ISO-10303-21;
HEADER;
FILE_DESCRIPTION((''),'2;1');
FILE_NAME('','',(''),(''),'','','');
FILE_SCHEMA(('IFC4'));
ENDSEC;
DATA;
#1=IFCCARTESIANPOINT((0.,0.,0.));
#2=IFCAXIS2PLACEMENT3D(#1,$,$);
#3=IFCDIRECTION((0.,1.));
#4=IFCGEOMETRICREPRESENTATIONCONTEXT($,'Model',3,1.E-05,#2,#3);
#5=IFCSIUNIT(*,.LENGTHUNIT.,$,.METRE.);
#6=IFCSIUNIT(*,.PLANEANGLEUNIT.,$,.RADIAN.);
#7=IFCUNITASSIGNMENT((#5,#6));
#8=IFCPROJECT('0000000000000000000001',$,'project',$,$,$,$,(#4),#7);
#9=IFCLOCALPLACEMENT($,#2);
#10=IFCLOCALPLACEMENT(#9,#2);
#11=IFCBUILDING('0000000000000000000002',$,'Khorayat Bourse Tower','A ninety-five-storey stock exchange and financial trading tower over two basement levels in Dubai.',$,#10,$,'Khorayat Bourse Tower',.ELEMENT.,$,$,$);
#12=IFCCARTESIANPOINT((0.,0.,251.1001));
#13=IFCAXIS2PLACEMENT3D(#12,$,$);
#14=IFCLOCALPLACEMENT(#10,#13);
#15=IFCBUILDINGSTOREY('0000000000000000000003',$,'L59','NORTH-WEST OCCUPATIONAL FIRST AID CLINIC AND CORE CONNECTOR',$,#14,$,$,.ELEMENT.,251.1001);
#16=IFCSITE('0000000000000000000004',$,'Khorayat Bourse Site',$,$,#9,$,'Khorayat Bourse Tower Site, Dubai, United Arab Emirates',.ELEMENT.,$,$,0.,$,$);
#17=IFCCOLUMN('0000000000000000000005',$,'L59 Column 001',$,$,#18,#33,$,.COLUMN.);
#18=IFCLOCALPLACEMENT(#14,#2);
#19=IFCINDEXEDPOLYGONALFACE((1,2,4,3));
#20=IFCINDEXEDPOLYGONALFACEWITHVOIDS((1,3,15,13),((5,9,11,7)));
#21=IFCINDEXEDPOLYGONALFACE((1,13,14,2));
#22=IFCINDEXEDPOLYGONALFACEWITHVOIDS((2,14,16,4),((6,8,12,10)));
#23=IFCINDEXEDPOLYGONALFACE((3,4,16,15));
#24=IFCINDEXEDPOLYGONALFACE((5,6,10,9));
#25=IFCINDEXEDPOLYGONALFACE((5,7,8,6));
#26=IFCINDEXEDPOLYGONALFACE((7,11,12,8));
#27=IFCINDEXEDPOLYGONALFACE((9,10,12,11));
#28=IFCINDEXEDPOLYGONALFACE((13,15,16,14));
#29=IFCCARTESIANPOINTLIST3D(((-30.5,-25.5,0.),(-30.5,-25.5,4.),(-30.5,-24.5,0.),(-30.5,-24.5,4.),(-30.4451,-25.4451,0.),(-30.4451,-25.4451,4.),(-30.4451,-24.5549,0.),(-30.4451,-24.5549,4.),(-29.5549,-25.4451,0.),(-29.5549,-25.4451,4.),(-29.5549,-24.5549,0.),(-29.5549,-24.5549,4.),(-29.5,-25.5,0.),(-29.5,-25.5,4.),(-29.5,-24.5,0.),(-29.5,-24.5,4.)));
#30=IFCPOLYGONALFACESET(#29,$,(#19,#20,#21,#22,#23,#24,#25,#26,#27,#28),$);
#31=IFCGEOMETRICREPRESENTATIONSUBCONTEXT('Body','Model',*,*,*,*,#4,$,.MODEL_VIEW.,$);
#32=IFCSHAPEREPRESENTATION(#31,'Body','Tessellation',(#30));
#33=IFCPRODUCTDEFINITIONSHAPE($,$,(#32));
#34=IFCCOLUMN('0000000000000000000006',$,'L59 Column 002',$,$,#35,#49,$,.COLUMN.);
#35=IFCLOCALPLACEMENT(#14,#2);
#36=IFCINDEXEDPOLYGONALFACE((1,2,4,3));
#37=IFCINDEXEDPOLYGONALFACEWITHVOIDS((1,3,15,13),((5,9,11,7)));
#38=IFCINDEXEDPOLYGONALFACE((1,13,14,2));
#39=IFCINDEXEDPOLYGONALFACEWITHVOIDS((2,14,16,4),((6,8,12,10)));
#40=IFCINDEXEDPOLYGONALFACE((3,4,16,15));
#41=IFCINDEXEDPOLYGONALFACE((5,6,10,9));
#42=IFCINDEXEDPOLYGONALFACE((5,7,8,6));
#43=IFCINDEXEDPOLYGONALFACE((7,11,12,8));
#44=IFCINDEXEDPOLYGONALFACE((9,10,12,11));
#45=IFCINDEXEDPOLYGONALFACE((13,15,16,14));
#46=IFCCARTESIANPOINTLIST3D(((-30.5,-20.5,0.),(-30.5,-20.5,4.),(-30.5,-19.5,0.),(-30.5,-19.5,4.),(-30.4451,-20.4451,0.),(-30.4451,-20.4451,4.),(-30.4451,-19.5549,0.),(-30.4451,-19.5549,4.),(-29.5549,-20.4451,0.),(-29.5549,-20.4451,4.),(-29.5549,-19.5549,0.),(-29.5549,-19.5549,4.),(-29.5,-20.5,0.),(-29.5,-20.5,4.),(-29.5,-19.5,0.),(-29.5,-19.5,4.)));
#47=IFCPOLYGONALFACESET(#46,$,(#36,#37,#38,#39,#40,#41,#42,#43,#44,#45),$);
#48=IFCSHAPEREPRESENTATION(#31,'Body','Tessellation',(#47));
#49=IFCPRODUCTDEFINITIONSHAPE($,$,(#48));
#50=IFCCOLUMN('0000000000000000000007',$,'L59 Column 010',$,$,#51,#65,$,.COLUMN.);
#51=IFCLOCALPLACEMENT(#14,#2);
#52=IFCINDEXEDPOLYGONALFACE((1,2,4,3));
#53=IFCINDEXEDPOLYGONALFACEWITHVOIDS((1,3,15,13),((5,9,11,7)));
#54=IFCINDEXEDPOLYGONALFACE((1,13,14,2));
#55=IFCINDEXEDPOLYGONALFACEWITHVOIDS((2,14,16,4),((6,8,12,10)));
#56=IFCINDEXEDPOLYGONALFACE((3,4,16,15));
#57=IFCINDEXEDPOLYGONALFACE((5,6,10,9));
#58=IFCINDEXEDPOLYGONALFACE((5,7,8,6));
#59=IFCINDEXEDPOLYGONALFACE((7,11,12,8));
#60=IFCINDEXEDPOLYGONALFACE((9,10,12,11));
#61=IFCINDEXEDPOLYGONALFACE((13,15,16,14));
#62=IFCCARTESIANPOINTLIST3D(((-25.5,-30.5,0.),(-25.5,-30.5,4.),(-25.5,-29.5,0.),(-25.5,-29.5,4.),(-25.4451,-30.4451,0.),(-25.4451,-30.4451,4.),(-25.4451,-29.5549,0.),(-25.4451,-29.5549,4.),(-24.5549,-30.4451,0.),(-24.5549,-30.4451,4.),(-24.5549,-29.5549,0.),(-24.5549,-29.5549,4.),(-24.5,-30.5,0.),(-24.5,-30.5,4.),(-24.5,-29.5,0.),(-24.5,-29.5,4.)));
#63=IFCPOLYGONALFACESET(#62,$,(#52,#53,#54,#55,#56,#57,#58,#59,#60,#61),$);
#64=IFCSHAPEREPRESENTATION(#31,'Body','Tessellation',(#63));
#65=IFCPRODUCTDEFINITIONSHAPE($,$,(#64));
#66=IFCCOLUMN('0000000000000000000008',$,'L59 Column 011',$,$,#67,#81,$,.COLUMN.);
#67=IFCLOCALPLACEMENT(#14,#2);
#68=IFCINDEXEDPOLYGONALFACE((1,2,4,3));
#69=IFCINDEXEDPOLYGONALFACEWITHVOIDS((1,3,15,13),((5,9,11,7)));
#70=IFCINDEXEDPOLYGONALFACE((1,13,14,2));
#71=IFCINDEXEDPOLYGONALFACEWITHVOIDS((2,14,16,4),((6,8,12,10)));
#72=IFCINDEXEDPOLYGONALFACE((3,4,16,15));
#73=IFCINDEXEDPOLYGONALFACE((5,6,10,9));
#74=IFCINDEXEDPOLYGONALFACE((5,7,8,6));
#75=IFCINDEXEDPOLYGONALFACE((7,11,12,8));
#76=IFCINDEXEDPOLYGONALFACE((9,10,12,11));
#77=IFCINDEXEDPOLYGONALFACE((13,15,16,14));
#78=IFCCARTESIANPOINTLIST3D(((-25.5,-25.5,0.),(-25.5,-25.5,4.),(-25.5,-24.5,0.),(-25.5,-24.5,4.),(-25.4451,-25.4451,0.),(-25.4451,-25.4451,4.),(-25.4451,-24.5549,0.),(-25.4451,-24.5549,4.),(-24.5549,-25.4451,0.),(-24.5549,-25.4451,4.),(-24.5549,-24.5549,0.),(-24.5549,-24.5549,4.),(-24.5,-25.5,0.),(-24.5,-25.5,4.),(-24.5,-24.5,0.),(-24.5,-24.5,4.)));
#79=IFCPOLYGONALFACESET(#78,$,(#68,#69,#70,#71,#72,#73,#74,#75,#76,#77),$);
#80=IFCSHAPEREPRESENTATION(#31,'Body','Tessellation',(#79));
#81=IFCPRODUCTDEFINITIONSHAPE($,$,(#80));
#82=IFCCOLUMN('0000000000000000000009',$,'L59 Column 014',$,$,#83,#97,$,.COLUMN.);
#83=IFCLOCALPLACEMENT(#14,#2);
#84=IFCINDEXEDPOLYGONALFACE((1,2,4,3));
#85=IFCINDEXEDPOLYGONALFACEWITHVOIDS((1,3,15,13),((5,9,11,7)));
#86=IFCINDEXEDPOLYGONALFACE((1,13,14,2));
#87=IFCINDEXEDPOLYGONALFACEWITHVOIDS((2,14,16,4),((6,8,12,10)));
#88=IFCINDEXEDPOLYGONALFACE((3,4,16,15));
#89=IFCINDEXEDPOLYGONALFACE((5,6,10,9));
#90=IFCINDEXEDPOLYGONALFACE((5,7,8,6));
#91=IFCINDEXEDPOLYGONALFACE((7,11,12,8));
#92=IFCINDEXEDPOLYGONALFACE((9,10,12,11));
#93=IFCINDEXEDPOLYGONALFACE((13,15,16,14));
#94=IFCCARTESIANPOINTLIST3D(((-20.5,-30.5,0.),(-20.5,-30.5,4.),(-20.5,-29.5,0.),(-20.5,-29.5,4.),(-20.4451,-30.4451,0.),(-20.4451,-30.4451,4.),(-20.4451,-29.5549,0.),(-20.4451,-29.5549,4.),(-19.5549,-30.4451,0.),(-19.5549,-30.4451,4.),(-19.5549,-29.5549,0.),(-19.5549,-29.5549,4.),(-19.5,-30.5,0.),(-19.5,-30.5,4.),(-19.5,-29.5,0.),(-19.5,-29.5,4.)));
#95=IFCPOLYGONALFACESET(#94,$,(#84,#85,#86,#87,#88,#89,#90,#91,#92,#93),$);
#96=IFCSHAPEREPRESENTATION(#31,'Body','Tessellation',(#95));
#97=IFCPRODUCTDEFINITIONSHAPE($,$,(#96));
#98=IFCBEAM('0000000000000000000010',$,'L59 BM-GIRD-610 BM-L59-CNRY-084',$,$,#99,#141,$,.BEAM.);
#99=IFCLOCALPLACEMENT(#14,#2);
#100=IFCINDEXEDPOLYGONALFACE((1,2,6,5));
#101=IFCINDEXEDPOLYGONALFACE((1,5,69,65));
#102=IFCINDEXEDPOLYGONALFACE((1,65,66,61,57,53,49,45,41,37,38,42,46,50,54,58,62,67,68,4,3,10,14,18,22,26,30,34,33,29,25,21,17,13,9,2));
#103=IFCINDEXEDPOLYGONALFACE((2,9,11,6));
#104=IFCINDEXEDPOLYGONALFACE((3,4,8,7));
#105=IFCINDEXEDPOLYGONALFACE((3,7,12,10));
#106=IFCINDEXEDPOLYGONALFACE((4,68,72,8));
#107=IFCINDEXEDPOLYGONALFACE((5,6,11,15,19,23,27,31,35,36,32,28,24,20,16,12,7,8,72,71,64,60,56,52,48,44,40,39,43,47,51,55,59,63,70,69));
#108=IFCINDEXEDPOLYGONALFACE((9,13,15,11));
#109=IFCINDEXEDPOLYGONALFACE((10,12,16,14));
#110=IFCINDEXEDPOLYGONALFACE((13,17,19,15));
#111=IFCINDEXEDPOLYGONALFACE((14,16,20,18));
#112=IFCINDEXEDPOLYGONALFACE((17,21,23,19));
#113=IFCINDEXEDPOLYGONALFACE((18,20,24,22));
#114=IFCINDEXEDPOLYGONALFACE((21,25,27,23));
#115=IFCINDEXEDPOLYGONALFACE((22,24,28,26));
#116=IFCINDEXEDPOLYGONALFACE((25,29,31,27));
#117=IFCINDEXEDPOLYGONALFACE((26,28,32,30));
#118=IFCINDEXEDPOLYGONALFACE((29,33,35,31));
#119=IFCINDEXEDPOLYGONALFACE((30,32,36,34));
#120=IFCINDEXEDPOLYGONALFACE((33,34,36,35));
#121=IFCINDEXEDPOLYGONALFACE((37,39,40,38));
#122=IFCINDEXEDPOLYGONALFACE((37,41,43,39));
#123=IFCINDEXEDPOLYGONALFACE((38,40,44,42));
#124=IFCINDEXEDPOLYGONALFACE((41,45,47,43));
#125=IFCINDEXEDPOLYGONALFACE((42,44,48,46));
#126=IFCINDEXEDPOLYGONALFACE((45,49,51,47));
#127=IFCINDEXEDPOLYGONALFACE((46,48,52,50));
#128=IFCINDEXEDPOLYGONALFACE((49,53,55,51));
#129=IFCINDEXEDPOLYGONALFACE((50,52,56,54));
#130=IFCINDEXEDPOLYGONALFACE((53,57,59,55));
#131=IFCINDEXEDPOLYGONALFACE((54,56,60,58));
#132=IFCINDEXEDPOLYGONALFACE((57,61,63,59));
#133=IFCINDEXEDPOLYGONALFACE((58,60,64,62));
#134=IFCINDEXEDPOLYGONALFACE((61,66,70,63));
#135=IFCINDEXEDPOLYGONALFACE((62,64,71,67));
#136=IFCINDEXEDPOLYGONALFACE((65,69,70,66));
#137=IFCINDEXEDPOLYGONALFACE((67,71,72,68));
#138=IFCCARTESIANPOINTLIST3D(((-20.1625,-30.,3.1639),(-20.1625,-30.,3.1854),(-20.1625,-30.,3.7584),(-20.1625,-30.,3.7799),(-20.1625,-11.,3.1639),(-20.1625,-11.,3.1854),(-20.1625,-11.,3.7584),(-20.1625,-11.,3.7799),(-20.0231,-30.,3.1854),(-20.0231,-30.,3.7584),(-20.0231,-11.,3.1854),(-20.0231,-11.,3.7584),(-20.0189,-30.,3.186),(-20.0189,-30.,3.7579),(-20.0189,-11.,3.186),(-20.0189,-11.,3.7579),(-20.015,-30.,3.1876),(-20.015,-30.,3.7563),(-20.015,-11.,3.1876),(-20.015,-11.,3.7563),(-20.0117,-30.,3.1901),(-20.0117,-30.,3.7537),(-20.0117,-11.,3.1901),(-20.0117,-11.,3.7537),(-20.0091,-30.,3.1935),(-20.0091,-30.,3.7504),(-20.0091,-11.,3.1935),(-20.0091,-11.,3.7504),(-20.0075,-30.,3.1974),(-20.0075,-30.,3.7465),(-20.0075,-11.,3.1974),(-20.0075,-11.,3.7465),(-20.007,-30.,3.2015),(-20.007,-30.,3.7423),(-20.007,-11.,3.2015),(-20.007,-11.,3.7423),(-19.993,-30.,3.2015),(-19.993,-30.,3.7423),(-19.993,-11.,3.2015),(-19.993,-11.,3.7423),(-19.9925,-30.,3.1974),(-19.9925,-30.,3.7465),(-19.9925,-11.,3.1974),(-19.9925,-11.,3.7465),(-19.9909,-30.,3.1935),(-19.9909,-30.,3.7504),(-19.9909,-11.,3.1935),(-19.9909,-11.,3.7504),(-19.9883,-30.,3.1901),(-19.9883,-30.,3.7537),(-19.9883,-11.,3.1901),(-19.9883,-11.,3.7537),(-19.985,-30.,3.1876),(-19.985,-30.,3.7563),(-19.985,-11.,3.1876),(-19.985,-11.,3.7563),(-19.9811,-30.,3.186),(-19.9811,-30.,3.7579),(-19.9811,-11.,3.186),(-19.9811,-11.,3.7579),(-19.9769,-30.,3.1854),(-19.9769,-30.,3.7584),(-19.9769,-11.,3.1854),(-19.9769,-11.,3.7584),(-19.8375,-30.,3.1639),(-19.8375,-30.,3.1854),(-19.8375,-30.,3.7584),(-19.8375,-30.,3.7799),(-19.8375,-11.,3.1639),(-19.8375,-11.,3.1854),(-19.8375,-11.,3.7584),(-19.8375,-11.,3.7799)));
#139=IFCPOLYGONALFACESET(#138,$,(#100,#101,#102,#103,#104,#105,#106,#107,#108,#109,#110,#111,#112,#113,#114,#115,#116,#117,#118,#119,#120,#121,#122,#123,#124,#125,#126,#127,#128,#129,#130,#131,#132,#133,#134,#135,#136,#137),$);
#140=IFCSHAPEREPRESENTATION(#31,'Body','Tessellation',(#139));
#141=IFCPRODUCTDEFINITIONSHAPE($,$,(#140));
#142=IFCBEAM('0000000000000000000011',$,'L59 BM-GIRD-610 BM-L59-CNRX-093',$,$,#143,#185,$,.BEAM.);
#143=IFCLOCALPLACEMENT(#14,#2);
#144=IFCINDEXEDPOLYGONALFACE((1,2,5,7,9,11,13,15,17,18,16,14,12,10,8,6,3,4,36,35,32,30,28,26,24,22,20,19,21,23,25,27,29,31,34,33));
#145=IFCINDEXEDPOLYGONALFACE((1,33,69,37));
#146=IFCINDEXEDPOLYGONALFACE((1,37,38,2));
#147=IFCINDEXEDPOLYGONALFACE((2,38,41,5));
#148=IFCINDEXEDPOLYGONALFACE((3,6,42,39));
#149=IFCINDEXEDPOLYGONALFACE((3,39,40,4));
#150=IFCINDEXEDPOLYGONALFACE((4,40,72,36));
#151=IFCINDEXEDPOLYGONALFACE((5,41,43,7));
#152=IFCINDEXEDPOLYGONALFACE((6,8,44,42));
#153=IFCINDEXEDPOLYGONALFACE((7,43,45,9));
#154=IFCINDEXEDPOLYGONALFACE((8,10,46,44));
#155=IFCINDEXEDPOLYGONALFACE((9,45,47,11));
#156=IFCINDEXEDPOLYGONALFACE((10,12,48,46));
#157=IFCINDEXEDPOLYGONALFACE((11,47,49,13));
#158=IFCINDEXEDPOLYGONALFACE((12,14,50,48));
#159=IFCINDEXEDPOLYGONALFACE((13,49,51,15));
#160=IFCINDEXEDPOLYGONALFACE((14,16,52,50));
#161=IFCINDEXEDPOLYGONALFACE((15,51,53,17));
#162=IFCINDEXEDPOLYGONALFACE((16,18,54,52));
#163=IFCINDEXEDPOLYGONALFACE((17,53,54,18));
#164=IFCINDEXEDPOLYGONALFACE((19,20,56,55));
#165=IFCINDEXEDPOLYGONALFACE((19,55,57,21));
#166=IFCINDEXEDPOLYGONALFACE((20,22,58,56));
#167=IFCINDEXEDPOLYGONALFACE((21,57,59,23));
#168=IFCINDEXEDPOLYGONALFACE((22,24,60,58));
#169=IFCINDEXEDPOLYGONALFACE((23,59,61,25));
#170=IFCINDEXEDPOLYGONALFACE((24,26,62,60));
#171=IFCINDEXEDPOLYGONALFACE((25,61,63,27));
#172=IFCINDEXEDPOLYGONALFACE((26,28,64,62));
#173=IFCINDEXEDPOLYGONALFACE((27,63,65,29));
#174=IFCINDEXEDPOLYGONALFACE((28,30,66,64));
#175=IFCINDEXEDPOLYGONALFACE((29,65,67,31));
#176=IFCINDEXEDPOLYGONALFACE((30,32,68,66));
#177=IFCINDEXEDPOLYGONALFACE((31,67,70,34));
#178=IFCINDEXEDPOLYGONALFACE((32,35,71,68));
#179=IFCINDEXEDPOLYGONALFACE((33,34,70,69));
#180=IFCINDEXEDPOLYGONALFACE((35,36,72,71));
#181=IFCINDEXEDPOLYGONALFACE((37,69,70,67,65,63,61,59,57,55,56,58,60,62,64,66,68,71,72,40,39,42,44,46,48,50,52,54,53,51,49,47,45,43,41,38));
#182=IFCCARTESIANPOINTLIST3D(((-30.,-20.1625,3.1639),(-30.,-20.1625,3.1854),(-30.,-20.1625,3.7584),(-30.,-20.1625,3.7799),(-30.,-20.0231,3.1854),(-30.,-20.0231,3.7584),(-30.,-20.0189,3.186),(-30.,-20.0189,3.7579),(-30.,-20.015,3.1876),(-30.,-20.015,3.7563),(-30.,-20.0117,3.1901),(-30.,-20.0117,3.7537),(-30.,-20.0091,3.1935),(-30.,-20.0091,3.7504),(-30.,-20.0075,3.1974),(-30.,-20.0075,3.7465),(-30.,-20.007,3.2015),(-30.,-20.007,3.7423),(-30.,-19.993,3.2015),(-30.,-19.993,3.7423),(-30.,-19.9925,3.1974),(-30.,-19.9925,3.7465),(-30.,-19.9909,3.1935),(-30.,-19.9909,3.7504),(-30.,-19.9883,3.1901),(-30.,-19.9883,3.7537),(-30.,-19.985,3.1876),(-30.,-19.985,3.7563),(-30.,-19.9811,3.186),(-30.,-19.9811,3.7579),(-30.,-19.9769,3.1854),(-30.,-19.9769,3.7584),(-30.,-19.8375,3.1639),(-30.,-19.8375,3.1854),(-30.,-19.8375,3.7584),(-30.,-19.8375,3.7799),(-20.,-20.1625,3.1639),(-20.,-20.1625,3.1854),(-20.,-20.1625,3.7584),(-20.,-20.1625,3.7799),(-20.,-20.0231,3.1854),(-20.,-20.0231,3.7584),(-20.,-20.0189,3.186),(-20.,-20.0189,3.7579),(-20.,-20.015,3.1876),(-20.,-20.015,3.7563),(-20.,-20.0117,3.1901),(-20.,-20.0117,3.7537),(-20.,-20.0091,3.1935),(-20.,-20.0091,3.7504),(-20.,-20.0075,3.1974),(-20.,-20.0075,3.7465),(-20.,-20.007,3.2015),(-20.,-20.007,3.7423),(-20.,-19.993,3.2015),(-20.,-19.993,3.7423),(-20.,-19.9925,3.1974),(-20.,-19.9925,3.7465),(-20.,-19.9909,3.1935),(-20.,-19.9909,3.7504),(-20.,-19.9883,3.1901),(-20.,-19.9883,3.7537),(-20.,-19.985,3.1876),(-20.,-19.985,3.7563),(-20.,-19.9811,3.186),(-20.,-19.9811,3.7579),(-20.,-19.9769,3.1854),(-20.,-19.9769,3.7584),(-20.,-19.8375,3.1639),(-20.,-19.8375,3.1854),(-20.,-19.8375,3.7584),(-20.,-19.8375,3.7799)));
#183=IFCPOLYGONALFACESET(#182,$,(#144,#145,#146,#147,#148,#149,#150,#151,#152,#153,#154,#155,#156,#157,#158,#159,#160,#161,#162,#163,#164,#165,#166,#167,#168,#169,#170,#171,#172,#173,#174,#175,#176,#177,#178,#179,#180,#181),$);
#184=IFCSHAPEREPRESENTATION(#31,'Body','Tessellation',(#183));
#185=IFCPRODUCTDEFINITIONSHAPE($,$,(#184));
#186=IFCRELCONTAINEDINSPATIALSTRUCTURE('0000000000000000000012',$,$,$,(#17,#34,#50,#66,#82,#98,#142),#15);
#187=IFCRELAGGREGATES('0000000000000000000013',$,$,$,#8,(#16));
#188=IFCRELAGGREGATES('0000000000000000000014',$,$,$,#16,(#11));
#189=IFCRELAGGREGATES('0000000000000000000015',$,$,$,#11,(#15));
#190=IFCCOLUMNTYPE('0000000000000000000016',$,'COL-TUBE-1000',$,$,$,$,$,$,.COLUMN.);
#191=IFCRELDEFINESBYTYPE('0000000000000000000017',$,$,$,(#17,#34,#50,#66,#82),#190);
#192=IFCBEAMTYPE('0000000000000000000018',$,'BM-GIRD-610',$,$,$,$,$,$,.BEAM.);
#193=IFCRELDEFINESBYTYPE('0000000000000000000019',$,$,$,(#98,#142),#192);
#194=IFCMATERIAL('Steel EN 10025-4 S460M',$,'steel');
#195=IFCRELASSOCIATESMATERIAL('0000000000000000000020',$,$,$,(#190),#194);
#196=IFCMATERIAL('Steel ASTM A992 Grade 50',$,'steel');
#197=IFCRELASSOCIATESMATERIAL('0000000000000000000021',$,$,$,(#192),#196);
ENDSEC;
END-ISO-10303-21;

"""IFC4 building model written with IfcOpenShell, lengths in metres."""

from ifc_helpers import new_model, si_unit, direction, frame, origin, origin_2d, place, context, subcontext, project, spatial, hollow_rectangle, i_section, extrude, source, transform, mapped, material, material_profile, profile_set, type_object, element, save


model = new_model("IFC4")

# Units and contexts
model_context = context("Model", 3, precision=1e-05, world=origin(), true_north=direction((0.0, 1.0)))
body_context = subcontext(model_context, "Body", "Model", "MODEL_VIEW")
ifc_project = project(units=[si_unit("LENGTHUNIT", "METRE"), si_unit("PLANEANGLEUNIT", "RADIAN")], contexts=[model_context])

# Site, building, storey
site_placement = place(None, origin())
site = spatial("IfcSite", under=ifc_project, at=site_placement, Name="Khorayat Bourse Site", LongName="Khorayat Bourse Tower Site, Dubai, United Arab Emirates", CompositionType="ELEMENT", RefElevation=0.0)
building_placement = place(site_placement, origin())
building = spatial("IfcBuilding", under=site, at=building_placement, Name="Khorayat Bourse Tower", Description="A ninety-five-storey stock exchange and financial trading tower over two basement levels in Dubai.", LongName="Khorayat Bourse Tower", CompositionType="ELEMENT")
storey_placement = place(building_placement, frame((0.0, 0.0, 251.1001)))
storey = spatial("IfcBuildingStorey", under=building, at=storey_placement, Name="L59", Description="NORTH-WEST OCCUPATIONAL FIRST AID CLINIC AND CORE CONNECTOR", CompositionType="ELEMENT", Elevation=251.1001)

# Columns
ifc_material_1 = material(Name="Steel EN 10025-4 S460M", Category="steel")
ifc_material_profile_1 = material_profile(ifc_material_1, hollow_rectangle(XDim=1.0, YDim=1.0, WallThickness=0.0549, at=origin_2d()), Name="BOX 1000x1000x55")
ifc_profile_set_1 = profile_set([ifc_material_profile_1], Name="Steel EN 10025-4 S460M")
column_type = type_object("IfcColumnType", Name="COL-TUBE-1000", PredefinedType="COLUMN", material=ifc_profile_set_1)
shared_shape_1 = source(origin(), body_context, "Body", "SweptSolid", [
    extrude(hollow_rectangle(XDim=1.0, YDim=1.0, WallThickness=0.0549, at=origin_2d()), origin(), (0.0, 0.0, 1.0), 4.0),
])
for number, where, z_axis, x_axis, name in (
    (1, (-30.0, -25.0, 0.0), (0.0, 0.0, 1.0), (1.0, 0.0, 0.0), "L59 Column 001"),
    (2, (-30.0, -20.0, 0.0), (0.0, 0.0, 1.0), (1.0, 0.0, 0.0), "L59 Column 002"),
    (3, (-25.0, -30.0, 0.0), (0.0, 0.0, 1.0), (1.0, 0.0, 0.0), "L59 Column 010"),
    (4, (-25.0, -25.0, 0.0), (0.0, 0.0, 1.0), (1.0, 0.0, 0.0), "L59 Column 011"),
    (5, (-20.0, -30.0, 0.0), (0.0, 0.0, 1.0), (1.0, 0.0, 0.0), "L59 Column 014"),
):
    element("IfcColumn", number, at=place(storey_placement, frame(where, z_axis=z_axis, x_axis=x_axis)), inside=storey, type_object=column_type, Name=name, PredefinedType="COLUMN", context=body_context, shape_type="MappedRepresentation", body=[
        mapped(shared_shape_1, transform((0.0, 0.0, 0.0), scale=1.0)),
    ])

# Beams
ifc_material_2 = material(Name="Steel ASTM A992 Grade 50", Category="steel")
ifc_material_profile_2 = material_profile(ifc_material_2, i_section(OverallWidth=0.325, OverallDepth=0.616, WebThickness=0.0139, FlangeThickness=0.0215, FilletRadius=0.0161, at=origin_2d()), Name="W610X174")
ifc_profile_set_2 = profile_set([ifc_material_profile_2], Name="Steel ASTM A992 Grade 50")
beam_type_1 = type_object("IfcBeamType", Name="BM-GIRD-610", PredefinedType="BEAM", material=ifc_profile_set_2)
shared_shape_2 = source(origin(), body_context, "Body", "SweptSolid", [
    extrude(i_section(OverallWidth=0.325, OverallDepth=0.616, WebThickness=0.0139, FlangeThickness=0.0215, FilletRadius=0.0161, at=origin_2d()), origin(), (0.0, 0.0, 1.0), 19.0),
])
beam_1_placement = place(storey_placement, frame((-20.0, -30.0, 3.4719), z_axis=(0.0, 1.0, 0.0), x_axis=(-1.0, 0.0, 0.0)))
element("IfcBeam", 6, at=beam_1_placement, inside=storey, type_object=beam_type_1, Name="L59 BM-GIRD-610 BM-L59-CNRY-084", PredefinedType="BEAM", context=body_context, shape_type="MappedRepresentation", body=[
    mapped(shared_shape_2, transform((0.0, 0.0, 0.0), scale=1.0)),
])
shared_shape_3 = source(origin(), body_context, "Body", "SweptSolid", [
    extrude(i_section(OverallWidth=0.325, OverallDepth=0.616, WebThickness=0.0139, FlangeThickness=0.0215, FilletRadius=0.0161, at=origin_2d()), origin(), (0.0, 0.0, 1.0), 10.0),
])
beam_2_placement = place(storey_placement, frame((-30.0, -20.0, 3.4719), z_axis=(1.0, 0.0, 0.0), x_axis=(0.0, 1.0, 0.0)))
element("IfcBeam", 7, at=beam_2_placement, inside=storey, type_object=beam_type_1, Name="L59 BM-GIRD-610 BM-L59-CNRX-093", PredefinedType="BEAM", context=body_context, shape_type="MappedRepresentation", body=[
    mapped(shared_shape_3, transform((0.0, 0.0, 0.0), scale=1.0)),
])

save(model, "model.ifc")
